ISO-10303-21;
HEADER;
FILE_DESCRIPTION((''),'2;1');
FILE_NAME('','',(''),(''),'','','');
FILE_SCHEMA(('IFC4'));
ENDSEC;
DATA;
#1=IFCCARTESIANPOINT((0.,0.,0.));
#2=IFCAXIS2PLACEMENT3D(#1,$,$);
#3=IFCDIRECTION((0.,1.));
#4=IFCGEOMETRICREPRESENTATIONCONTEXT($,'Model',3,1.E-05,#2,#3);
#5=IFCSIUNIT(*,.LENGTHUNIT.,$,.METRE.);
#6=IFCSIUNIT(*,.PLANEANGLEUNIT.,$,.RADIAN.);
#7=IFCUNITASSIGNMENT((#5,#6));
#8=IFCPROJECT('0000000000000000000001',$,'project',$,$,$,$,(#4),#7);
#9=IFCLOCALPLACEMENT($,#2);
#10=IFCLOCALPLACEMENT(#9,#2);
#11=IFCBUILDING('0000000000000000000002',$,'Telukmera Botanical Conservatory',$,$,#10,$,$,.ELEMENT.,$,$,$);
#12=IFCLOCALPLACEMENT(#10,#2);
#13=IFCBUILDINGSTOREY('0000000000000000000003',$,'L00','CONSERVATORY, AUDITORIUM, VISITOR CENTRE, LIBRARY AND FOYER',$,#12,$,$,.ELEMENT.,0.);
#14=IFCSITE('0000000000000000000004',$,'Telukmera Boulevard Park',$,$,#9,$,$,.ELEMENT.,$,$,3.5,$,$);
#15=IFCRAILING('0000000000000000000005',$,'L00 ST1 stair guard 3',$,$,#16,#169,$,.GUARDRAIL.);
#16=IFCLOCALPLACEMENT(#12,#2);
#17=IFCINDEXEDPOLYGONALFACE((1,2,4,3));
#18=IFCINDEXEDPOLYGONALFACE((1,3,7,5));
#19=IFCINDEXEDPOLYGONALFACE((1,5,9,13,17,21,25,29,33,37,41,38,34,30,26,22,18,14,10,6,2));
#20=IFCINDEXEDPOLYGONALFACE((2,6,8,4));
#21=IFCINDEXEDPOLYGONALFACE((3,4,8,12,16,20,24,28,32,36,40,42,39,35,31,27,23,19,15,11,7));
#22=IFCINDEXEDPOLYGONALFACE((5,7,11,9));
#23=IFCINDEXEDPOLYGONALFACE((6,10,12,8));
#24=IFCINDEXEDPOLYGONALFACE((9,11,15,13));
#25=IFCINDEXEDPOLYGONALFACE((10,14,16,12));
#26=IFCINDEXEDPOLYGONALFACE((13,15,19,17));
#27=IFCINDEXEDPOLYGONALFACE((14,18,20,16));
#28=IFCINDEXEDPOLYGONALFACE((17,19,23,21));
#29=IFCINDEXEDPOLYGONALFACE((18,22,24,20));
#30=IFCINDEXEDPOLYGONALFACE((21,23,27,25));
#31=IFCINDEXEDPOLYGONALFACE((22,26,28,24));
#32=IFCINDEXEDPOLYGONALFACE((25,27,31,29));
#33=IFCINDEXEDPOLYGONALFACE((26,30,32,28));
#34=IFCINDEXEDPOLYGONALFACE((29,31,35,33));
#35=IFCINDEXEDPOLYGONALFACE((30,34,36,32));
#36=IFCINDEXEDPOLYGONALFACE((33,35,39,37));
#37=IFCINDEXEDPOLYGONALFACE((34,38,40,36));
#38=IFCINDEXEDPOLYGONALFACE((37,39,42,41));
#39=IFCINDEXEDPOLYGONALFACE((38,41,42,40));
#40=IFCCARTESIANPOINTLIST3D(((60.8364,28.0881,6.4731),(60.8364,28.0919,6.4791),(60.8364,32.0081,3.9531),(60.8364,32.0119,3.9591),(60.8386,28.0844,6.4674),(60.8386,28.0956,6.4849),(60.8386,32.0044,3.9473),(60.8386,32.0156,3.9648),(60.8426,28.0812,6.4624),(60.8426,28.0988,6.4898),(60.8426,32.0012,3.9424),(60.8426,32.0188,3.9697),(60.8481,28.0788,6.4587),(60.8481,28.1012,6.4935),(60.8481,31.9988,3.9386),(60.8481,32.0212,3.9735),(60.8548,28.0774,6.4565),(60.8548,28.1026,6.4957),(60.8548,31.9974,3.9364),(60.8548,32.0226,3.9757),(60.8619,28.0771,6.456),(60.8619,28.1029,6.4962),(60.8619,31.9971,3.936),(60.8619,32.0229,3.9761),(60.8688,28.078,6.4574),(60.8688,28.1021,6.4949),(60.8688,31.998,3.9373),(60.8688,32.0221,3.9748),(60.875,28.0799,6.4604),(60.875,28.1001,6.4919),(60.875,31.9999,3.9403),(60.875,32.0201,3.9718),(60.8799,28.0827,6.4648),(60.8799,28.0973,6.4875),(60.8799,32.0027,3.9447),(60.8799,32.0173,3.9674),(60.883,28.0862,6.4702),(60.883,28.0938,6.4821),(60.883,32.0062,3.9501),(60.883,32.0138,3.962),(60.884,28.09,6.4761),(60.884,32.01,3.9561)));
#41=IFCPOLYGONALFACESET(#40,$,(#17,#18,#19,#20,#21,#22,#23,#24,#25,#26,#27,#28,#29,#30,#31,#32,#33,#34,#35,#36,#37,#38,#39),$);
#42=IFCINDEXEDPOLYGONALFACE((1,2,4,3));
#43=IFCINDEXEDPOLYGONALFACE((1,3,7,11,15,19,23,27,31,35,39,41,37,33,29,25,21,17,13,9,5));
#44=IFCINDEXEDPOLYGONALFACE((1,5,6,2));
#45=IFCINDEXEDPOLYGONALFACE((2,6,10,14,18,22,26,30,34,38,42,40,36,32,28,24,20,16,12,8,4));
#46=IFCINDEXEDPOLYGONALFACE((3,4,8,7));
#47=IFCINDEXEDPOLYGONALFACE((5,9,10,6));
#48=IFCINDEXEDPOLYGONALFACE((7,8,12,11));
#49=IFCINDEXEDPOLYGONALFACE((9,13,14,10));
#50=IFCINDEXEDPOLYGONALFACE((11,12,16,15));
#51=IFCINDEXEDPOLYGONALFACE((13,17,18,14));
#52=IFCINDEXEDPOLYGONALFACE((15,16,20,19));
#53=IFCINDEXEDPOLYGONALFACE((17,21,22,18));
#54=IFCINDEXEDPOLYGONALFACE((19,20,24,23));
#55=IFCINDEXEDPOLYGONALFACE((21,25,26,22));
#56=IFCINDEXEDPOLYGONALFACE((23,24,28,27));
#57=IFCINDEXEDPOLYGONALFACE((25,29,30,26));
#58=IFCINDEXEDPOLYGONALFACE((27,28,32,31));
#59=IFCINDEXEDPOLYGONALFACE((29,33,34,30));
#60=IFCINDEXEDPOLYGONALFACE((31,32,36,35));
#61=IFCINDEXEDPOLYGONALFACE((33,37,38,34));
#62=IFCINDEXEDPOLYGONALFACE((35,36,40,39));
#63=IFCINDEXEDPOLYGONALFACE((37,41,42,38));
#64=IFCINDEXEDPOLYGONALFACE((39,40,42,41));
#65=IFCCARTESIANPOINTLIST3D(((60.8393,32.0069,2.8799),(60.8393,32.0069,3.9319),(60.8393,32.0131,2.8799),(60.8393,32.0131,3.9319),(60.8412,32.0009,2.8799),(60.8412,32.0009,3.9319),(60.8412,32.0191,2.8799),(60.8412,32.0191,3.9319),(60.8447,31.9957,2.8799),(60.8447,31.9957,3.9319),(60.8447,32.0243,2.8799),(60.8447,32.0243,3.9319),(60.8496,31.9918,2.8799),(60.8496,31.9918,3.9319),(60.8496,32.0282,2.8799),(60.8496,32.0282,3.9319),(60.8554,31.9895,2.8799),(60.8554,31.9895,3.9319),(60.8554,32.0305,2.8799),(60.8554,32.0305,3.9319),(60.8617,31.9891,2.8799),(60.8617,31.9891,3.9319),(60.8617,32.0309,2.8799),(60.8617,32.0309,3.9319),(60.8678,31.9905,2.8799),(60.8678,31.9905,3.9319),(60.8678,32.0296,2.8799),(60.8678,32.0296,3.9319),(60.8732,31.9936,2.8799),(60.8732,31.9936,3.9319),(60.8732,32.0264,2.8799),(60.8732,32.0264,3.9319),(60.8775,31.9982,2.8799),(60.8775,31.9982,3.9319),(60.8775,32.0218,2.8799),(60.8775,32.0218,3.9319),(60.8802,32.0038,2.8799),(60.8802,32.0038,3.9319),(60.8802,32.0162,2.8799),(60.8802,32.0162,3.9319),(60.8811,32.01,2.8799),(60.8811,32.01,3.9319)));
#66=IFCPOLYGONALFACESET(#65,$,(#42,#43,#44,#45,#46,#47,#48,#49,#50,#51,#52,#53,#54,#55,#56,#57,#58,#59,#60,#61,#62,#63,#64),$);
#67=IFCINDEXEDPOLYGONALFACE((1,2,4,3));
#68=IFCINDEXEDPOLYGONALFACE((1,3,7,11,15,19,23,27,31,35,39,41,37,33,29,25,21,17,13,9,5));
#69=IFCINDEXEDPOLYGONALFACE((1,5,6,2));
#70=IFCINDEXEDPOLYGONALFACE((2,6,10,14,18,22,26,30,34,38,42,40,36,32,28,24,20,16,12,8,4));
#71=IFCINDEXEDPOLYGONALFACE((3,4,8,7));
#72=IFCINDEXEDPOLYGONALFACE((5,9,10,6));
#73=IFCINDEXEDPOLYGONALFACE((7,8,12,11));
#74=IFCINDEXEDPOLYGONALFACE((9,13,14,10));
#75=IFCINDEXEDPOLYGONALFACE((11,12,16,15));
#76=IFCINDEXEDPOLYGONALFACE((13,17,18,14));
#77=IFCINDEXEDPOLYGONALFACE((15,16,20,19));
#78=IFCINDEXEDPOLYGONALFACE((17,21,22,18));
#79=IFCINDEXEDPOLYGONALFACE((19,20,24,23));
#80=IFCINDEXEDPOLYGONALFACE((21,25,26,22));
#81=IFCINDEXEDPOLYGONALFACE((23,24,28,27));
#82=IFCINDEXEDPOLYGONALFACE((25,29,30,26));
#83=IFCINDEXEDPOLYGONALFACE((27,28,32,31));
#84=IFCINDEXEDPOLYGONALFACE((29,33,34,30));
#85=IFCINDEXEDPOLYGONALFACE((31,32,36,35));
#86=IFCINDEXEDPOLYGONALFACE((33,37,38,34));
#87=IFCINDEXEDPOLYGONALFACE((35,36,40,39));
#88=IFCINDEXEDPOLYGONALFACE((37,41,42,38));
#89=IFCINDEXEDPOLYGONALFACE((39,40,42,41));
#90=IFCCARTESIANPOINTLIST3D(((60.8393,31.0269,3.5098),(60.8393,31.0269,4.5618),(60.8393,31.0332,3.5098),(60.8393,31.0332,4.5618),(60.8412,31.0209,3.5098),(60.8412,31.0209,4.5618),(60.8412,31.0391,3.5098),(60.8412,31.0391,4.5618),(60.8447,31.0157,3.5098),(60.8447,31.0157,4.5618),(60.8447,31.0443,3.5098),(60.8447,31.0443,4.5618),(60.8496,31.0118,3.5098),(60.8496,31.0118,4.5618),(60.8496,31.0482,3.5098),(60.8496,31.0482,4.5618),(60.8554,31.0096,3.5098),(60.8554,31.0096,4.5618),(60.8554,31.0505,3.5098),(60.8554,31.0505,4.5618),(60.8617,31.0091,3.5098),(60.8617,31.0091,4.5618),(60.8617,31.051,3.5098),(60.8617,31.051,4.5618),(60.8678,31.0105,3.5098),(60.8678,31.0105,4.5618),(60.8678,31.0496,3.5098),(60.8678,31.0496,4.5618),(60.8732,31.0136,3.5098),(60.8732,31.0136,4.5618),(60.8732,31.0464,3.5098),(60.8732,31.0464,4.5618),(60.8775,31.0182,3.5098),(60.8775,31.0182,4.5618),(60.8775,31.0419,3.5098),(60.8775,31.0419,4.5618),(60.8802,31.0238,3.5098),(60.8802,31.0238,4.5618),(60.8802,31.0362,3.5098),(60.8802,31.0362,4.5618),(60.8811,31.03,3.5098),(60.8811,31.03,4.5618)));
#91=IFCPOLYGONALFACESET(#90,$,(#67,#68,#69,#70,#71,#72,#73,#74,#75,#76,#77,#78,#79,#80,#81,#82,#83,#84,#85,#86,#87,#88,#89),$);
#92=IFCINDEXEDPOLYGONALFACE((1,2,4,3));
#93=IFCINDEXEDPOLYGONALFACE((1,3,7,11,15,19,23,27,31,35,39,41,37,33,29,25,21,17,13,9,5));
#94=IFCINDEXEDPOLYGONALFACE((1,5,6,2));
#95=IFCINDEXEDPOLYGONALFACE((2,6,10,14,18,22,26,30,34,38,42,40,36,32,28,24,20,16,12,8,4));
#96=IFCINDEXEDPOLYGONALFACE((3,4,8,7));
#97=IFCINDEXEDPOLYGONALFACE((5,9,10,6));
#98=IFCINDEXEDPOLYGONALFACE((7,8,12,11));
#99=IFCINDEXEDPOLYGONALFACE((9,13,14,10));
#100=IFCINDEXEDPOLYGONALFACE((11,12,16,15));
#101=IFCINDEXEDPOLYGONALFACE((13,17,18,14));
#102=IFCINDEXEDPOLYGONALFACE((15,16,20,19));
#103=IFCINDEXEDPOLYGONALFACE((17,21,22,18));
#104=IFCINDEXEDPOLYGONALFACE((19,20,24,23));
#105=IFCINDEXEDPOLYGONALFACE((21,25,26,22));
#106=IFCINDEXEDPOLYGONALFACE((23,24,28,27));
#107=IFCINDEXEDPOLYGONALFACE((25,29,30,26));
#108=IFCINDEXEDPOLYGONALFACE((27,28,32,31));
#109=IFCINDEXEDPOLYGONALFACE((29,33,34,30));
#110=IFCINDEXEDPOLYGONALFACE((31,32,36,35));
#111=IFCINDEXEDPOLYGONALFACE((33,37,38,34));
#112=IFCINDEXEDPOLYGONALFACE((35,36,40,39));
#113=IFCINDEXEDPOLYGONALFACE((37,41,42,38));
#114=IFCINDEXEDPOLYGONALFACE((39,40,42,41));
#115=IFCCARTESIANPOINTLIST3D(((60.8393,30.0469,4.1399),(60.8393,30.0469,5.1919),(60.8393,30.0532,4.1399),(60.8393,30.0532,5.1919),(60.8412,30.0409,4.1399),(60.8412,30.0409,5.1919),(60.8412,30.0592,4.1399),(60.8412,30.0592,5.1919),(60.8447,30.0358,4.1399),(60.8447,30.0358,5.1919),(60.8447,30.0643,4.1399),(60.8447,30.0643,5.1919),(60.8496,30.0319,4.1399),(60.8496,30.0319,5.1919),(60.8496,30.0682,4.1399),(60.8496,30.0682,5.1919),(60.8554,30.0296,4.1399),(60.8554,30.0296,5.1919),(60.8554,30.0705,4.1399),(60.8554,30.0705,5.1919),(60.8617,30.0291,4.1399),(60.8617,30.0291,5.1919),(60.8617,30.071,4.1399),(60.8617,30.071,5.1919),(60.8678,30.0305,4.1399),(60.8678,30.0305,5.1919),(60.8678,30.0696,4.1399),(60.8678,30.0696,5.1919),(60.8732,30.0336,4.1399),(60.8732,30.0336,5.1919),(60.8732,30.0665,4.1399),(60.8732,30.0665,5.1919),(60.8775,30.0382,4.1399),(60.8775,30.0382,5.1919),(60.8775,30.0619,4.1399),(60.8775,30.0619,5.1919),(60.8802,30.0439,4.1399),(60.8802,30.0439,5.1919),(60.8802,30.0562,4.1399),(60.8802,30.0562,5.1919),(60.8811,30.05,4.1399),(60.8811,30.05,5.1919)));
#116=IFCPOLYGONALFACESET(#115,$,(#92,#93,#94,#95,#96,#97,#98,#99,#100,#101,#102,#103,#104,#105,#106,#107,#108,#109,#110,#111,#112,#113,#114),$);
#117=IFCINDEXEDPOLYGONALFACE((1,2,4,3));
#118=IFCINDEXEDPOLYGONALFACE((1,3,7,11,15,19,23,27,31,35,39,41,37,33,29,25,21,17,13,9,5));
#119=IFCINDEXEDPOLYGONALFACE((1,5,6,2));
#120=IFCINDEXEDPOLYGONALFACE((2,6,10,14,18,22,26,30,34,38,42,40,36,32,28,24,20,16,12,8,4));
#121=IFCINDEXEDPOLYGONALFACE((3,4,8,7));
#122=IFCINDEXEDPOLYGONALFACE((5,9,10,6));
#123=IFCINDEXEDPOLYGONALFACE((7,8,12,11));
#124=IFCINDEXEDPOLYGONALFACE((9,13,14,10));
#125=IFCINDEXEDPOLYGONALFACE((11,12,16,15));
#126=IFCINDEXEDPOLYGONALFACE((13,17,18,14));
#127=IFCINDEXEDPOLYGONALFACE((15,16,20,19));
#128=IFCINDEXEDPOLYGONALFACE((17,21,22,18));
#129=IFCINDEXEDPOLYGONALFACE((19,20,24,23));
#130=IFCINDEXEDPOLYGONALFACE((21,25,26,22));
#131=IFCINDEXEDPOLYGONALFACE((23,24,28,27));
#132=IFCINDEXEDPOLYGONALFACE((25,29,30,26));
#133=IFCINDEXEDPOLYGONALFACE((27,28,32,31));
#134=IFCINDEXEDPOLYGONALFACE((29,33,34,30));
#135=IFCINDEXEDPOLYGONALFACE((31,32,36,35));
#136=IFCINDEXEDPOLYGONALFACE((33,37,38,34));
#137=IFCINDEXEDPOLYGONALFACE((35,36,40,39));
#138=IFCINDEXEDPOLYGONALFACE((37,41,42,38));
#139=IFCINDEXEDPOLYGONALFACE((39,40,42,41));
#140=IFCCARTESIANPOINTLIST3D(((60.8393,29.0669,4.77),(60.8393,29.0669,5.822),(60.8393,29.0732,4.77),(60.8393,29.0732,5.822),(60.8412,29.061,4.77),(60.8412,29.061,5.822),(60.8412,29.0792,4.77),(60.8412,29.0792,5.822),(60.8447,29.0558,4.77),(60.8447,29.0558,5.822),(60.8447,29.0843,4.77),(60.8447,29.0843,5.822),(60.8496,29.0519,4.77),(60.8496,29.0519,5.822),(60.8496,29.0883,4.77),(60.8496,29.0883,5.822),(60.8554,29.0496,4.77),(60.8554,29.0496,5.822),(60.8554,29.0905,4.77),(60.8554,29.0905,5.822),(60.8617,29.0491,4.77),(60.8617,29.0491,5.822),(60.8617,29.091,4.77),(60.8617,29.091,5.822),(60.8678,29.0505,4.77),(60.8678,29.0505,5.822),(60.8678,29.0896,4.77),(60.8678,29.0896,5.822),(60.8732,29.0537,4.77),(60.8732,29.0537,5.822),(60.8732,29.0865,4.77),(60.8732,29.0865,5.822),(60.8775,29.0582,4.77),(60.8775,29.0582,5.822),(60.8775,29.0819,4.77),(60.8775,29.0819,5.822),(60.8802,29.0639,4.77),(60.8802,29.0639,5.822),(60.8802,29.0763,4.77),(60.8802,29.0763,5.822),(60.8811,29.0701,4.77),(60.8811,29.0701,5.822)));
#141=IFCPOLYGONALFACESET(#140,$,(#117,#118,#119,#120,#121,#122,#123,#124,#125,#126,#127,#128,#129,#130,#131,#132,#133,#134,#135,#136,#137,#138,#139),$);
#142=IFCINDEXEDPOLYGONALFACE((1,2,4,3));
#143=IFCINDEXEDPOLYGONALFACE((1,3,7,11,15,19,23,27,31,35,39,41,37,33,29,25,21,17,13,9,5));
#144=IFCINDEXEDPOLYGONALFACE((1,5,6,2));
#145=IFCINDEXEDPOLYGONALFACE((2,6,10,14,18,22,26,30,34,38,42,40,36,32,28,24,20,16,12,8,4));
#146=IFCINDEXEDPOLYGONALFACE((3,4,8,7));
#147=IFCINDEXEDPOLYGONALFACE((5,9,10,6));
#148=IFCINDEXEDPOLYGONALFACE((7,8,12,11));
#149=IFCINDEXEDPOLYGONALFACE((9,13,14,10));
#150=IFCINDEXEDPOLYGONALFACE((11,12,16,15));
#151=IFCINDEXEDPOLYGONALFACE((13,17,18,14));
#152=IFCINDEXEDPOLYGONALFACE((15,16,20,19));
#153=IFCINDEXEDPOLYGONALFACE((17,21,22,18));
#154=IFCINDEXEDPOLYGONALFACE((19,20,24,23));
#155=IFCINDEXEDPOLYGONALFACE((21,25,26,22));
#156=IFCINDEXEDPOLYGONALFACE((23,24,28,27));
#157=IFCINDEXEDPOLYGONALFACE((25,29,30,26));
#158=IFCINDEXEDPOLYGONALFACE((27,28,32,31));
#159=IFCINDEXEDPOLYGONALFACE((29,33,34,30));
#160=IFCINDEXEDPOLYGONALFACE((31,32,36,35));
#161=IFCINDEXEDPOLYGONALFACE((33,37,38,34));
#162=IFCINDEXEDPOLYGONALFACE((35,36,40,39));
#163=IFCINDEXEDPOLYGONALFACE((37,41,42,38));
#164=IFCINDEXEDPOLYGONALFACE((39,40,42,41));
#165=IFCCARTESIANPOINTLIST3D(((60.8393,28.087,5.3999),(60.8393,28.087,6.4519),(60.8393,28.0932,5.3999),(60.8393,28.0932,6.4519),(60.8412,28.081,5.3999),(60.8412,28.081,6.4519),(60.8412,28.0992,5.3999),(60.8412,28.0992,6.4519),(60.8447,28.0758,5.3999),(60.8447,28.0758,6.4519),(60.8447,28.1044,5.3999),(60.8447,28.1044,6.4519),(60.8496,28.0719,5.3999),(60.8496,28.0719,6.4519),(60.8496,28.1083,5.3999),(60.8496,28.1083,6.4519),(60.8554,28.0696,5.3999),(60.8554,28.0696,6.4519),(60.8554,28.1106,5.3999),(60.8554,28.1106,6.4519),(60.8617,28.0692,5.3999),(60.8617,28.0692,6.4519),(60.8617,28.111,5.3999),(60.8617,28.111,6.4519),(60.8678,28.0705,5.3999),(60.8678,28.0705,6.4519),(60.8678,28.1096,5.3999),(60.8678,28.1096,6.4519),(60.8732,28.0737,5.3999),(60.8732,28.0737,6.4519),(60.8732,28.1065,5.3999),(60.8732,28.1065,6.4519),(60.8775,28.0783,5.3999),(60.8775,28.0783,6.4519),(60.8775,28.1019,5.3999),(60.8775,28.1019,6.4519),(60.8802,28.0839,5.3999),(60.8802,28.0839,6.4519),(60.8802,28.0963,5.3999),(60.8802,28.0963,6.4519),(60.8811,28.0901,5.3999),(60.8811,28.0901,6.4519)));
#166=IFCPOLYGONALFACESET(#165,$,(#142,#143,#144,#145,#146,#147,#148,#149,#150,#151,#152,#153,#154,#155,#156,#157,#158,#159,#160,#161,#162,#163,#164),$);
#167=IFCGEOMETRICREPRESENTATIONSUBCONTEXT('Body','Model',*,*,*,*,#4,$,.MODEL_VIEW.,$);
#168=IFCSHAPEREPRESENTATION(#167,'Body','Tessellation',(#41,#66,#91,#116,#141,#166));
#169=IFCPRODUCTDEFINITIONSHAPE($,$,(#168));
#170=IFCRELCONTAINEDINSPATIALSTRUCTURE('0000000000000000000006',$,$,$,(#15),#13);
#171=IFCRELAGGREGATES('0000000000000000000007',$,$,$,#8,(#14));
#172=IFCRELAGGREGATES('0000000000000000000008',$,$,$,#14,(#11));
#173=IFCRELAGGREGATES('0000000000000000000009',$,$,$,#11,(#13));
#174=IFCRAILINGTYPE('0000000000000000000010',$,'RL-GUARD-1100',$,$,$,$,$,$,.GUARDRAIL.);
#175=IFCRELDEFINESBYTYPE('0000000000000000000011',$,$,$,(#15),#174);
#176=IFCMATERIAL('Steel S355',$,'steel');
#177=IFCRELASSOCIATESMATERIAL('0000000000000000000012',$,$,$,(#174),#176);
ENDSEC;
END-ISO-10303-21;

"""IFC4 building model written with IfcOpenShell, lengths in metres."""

from ifc_helpers import new_model, si_unit, direction, frame, origin, origin_2d, place, context, subcontext, project, spatial, circle, extrude, material, type_object, element, save


model = new_model("IFC4")

# Units and contexts
model_context = context("Model", 3, precision=1e-05, world=origin(), true_north=direction((0.0, 1.0)))
body_context = subcontext(model_context, "Body", "Model", "MODEL_VIEW")
ifc_project = project(units=[si_unit("LENGTHUNIT", "METRE"), si_unit("PLANEANGLEUNIT", "RADIAN")], contexts=[model_context])

# Site, building, storey
site_placement = place(None, origin())
site = spatial("IfcSite", under=ifc_project, at=site_placement, Name="Telukmera Boulevard Park", CompositionType="ELEMENT", RefElevation=3.5)
building_placement = place(site_placement, origin())
building = spatial("IfcBuilding", under=site, at=building_placement, Name="Telukmera Botanical Conservatory", CompositionType="ELEMENT")
storey_placement = place(building_placement, origin())
storey = spatial("IfcBuildingStorey", under=building, at=storey_placement, Name="L00", Description="CONSERVATORY, AUDITORIUM, VISITOR CENTRE, LIBRARY AND FOYER", CompositionType="ELEMENT", Elevation=0.0)

# Railing
ifc_material_1 = material(Name="Steel S355", Category="steel")
railing_type_1 = type_object("IfcRailingType", Name="RL-GUARD-1100", PredefinedType="GUARDRAIL", material=ifc_material_1)
railing_1_placement = place(storey_placement, frame((60.8601, 32.01, 2.8799)))
element("IfcRailing", 1, at=railing_1_placement, inside=storey, type_object=railing_type_1, Name="L00 ST1 stair guard 3", PredefinedType="GUARDRAIL", context=body_context, shape_type="SweptSolid", body=[
    extrude(circle(Radius=0.0239, at=origin_2d()), frame((0.0, 0.0, 1.0762), z_axis=(0.0, -0.841172, 0.540768), x_axis=(1.0, 0.0, 0.0)), (0.0, 0.0, 1.0), 4.6602),
    extrude(circle(Radius=0.021, at=origin_2d()), origin(), (0.0, 0.0, 1.0), 1.052),
    extrude(circle(Radius=0.021, at=origin_2d()), frame((0.0, -0.98, 0.6299)), (0.0, 0.0, 1.0), 1.052),
    extrude(circle(Radius=0.021, at=origin_2d()), frame((0.0, -1.96, 1.26)), (0.0, 0.0, 1.0), 1.052),
    extrude(circle(Radius=0.021, at=origin_2d()), frame((0.0, -2.9399, 1.8901)), (0.0, 0.0, 1.0), 1.052),
    extrude(circle(Radius=0.021, at=origin_2d()), frame((0.0, -3.9199, 2.52)), (0.0, 0.0, 1.0), 1.052),
])

save(model, "model.ifc")
